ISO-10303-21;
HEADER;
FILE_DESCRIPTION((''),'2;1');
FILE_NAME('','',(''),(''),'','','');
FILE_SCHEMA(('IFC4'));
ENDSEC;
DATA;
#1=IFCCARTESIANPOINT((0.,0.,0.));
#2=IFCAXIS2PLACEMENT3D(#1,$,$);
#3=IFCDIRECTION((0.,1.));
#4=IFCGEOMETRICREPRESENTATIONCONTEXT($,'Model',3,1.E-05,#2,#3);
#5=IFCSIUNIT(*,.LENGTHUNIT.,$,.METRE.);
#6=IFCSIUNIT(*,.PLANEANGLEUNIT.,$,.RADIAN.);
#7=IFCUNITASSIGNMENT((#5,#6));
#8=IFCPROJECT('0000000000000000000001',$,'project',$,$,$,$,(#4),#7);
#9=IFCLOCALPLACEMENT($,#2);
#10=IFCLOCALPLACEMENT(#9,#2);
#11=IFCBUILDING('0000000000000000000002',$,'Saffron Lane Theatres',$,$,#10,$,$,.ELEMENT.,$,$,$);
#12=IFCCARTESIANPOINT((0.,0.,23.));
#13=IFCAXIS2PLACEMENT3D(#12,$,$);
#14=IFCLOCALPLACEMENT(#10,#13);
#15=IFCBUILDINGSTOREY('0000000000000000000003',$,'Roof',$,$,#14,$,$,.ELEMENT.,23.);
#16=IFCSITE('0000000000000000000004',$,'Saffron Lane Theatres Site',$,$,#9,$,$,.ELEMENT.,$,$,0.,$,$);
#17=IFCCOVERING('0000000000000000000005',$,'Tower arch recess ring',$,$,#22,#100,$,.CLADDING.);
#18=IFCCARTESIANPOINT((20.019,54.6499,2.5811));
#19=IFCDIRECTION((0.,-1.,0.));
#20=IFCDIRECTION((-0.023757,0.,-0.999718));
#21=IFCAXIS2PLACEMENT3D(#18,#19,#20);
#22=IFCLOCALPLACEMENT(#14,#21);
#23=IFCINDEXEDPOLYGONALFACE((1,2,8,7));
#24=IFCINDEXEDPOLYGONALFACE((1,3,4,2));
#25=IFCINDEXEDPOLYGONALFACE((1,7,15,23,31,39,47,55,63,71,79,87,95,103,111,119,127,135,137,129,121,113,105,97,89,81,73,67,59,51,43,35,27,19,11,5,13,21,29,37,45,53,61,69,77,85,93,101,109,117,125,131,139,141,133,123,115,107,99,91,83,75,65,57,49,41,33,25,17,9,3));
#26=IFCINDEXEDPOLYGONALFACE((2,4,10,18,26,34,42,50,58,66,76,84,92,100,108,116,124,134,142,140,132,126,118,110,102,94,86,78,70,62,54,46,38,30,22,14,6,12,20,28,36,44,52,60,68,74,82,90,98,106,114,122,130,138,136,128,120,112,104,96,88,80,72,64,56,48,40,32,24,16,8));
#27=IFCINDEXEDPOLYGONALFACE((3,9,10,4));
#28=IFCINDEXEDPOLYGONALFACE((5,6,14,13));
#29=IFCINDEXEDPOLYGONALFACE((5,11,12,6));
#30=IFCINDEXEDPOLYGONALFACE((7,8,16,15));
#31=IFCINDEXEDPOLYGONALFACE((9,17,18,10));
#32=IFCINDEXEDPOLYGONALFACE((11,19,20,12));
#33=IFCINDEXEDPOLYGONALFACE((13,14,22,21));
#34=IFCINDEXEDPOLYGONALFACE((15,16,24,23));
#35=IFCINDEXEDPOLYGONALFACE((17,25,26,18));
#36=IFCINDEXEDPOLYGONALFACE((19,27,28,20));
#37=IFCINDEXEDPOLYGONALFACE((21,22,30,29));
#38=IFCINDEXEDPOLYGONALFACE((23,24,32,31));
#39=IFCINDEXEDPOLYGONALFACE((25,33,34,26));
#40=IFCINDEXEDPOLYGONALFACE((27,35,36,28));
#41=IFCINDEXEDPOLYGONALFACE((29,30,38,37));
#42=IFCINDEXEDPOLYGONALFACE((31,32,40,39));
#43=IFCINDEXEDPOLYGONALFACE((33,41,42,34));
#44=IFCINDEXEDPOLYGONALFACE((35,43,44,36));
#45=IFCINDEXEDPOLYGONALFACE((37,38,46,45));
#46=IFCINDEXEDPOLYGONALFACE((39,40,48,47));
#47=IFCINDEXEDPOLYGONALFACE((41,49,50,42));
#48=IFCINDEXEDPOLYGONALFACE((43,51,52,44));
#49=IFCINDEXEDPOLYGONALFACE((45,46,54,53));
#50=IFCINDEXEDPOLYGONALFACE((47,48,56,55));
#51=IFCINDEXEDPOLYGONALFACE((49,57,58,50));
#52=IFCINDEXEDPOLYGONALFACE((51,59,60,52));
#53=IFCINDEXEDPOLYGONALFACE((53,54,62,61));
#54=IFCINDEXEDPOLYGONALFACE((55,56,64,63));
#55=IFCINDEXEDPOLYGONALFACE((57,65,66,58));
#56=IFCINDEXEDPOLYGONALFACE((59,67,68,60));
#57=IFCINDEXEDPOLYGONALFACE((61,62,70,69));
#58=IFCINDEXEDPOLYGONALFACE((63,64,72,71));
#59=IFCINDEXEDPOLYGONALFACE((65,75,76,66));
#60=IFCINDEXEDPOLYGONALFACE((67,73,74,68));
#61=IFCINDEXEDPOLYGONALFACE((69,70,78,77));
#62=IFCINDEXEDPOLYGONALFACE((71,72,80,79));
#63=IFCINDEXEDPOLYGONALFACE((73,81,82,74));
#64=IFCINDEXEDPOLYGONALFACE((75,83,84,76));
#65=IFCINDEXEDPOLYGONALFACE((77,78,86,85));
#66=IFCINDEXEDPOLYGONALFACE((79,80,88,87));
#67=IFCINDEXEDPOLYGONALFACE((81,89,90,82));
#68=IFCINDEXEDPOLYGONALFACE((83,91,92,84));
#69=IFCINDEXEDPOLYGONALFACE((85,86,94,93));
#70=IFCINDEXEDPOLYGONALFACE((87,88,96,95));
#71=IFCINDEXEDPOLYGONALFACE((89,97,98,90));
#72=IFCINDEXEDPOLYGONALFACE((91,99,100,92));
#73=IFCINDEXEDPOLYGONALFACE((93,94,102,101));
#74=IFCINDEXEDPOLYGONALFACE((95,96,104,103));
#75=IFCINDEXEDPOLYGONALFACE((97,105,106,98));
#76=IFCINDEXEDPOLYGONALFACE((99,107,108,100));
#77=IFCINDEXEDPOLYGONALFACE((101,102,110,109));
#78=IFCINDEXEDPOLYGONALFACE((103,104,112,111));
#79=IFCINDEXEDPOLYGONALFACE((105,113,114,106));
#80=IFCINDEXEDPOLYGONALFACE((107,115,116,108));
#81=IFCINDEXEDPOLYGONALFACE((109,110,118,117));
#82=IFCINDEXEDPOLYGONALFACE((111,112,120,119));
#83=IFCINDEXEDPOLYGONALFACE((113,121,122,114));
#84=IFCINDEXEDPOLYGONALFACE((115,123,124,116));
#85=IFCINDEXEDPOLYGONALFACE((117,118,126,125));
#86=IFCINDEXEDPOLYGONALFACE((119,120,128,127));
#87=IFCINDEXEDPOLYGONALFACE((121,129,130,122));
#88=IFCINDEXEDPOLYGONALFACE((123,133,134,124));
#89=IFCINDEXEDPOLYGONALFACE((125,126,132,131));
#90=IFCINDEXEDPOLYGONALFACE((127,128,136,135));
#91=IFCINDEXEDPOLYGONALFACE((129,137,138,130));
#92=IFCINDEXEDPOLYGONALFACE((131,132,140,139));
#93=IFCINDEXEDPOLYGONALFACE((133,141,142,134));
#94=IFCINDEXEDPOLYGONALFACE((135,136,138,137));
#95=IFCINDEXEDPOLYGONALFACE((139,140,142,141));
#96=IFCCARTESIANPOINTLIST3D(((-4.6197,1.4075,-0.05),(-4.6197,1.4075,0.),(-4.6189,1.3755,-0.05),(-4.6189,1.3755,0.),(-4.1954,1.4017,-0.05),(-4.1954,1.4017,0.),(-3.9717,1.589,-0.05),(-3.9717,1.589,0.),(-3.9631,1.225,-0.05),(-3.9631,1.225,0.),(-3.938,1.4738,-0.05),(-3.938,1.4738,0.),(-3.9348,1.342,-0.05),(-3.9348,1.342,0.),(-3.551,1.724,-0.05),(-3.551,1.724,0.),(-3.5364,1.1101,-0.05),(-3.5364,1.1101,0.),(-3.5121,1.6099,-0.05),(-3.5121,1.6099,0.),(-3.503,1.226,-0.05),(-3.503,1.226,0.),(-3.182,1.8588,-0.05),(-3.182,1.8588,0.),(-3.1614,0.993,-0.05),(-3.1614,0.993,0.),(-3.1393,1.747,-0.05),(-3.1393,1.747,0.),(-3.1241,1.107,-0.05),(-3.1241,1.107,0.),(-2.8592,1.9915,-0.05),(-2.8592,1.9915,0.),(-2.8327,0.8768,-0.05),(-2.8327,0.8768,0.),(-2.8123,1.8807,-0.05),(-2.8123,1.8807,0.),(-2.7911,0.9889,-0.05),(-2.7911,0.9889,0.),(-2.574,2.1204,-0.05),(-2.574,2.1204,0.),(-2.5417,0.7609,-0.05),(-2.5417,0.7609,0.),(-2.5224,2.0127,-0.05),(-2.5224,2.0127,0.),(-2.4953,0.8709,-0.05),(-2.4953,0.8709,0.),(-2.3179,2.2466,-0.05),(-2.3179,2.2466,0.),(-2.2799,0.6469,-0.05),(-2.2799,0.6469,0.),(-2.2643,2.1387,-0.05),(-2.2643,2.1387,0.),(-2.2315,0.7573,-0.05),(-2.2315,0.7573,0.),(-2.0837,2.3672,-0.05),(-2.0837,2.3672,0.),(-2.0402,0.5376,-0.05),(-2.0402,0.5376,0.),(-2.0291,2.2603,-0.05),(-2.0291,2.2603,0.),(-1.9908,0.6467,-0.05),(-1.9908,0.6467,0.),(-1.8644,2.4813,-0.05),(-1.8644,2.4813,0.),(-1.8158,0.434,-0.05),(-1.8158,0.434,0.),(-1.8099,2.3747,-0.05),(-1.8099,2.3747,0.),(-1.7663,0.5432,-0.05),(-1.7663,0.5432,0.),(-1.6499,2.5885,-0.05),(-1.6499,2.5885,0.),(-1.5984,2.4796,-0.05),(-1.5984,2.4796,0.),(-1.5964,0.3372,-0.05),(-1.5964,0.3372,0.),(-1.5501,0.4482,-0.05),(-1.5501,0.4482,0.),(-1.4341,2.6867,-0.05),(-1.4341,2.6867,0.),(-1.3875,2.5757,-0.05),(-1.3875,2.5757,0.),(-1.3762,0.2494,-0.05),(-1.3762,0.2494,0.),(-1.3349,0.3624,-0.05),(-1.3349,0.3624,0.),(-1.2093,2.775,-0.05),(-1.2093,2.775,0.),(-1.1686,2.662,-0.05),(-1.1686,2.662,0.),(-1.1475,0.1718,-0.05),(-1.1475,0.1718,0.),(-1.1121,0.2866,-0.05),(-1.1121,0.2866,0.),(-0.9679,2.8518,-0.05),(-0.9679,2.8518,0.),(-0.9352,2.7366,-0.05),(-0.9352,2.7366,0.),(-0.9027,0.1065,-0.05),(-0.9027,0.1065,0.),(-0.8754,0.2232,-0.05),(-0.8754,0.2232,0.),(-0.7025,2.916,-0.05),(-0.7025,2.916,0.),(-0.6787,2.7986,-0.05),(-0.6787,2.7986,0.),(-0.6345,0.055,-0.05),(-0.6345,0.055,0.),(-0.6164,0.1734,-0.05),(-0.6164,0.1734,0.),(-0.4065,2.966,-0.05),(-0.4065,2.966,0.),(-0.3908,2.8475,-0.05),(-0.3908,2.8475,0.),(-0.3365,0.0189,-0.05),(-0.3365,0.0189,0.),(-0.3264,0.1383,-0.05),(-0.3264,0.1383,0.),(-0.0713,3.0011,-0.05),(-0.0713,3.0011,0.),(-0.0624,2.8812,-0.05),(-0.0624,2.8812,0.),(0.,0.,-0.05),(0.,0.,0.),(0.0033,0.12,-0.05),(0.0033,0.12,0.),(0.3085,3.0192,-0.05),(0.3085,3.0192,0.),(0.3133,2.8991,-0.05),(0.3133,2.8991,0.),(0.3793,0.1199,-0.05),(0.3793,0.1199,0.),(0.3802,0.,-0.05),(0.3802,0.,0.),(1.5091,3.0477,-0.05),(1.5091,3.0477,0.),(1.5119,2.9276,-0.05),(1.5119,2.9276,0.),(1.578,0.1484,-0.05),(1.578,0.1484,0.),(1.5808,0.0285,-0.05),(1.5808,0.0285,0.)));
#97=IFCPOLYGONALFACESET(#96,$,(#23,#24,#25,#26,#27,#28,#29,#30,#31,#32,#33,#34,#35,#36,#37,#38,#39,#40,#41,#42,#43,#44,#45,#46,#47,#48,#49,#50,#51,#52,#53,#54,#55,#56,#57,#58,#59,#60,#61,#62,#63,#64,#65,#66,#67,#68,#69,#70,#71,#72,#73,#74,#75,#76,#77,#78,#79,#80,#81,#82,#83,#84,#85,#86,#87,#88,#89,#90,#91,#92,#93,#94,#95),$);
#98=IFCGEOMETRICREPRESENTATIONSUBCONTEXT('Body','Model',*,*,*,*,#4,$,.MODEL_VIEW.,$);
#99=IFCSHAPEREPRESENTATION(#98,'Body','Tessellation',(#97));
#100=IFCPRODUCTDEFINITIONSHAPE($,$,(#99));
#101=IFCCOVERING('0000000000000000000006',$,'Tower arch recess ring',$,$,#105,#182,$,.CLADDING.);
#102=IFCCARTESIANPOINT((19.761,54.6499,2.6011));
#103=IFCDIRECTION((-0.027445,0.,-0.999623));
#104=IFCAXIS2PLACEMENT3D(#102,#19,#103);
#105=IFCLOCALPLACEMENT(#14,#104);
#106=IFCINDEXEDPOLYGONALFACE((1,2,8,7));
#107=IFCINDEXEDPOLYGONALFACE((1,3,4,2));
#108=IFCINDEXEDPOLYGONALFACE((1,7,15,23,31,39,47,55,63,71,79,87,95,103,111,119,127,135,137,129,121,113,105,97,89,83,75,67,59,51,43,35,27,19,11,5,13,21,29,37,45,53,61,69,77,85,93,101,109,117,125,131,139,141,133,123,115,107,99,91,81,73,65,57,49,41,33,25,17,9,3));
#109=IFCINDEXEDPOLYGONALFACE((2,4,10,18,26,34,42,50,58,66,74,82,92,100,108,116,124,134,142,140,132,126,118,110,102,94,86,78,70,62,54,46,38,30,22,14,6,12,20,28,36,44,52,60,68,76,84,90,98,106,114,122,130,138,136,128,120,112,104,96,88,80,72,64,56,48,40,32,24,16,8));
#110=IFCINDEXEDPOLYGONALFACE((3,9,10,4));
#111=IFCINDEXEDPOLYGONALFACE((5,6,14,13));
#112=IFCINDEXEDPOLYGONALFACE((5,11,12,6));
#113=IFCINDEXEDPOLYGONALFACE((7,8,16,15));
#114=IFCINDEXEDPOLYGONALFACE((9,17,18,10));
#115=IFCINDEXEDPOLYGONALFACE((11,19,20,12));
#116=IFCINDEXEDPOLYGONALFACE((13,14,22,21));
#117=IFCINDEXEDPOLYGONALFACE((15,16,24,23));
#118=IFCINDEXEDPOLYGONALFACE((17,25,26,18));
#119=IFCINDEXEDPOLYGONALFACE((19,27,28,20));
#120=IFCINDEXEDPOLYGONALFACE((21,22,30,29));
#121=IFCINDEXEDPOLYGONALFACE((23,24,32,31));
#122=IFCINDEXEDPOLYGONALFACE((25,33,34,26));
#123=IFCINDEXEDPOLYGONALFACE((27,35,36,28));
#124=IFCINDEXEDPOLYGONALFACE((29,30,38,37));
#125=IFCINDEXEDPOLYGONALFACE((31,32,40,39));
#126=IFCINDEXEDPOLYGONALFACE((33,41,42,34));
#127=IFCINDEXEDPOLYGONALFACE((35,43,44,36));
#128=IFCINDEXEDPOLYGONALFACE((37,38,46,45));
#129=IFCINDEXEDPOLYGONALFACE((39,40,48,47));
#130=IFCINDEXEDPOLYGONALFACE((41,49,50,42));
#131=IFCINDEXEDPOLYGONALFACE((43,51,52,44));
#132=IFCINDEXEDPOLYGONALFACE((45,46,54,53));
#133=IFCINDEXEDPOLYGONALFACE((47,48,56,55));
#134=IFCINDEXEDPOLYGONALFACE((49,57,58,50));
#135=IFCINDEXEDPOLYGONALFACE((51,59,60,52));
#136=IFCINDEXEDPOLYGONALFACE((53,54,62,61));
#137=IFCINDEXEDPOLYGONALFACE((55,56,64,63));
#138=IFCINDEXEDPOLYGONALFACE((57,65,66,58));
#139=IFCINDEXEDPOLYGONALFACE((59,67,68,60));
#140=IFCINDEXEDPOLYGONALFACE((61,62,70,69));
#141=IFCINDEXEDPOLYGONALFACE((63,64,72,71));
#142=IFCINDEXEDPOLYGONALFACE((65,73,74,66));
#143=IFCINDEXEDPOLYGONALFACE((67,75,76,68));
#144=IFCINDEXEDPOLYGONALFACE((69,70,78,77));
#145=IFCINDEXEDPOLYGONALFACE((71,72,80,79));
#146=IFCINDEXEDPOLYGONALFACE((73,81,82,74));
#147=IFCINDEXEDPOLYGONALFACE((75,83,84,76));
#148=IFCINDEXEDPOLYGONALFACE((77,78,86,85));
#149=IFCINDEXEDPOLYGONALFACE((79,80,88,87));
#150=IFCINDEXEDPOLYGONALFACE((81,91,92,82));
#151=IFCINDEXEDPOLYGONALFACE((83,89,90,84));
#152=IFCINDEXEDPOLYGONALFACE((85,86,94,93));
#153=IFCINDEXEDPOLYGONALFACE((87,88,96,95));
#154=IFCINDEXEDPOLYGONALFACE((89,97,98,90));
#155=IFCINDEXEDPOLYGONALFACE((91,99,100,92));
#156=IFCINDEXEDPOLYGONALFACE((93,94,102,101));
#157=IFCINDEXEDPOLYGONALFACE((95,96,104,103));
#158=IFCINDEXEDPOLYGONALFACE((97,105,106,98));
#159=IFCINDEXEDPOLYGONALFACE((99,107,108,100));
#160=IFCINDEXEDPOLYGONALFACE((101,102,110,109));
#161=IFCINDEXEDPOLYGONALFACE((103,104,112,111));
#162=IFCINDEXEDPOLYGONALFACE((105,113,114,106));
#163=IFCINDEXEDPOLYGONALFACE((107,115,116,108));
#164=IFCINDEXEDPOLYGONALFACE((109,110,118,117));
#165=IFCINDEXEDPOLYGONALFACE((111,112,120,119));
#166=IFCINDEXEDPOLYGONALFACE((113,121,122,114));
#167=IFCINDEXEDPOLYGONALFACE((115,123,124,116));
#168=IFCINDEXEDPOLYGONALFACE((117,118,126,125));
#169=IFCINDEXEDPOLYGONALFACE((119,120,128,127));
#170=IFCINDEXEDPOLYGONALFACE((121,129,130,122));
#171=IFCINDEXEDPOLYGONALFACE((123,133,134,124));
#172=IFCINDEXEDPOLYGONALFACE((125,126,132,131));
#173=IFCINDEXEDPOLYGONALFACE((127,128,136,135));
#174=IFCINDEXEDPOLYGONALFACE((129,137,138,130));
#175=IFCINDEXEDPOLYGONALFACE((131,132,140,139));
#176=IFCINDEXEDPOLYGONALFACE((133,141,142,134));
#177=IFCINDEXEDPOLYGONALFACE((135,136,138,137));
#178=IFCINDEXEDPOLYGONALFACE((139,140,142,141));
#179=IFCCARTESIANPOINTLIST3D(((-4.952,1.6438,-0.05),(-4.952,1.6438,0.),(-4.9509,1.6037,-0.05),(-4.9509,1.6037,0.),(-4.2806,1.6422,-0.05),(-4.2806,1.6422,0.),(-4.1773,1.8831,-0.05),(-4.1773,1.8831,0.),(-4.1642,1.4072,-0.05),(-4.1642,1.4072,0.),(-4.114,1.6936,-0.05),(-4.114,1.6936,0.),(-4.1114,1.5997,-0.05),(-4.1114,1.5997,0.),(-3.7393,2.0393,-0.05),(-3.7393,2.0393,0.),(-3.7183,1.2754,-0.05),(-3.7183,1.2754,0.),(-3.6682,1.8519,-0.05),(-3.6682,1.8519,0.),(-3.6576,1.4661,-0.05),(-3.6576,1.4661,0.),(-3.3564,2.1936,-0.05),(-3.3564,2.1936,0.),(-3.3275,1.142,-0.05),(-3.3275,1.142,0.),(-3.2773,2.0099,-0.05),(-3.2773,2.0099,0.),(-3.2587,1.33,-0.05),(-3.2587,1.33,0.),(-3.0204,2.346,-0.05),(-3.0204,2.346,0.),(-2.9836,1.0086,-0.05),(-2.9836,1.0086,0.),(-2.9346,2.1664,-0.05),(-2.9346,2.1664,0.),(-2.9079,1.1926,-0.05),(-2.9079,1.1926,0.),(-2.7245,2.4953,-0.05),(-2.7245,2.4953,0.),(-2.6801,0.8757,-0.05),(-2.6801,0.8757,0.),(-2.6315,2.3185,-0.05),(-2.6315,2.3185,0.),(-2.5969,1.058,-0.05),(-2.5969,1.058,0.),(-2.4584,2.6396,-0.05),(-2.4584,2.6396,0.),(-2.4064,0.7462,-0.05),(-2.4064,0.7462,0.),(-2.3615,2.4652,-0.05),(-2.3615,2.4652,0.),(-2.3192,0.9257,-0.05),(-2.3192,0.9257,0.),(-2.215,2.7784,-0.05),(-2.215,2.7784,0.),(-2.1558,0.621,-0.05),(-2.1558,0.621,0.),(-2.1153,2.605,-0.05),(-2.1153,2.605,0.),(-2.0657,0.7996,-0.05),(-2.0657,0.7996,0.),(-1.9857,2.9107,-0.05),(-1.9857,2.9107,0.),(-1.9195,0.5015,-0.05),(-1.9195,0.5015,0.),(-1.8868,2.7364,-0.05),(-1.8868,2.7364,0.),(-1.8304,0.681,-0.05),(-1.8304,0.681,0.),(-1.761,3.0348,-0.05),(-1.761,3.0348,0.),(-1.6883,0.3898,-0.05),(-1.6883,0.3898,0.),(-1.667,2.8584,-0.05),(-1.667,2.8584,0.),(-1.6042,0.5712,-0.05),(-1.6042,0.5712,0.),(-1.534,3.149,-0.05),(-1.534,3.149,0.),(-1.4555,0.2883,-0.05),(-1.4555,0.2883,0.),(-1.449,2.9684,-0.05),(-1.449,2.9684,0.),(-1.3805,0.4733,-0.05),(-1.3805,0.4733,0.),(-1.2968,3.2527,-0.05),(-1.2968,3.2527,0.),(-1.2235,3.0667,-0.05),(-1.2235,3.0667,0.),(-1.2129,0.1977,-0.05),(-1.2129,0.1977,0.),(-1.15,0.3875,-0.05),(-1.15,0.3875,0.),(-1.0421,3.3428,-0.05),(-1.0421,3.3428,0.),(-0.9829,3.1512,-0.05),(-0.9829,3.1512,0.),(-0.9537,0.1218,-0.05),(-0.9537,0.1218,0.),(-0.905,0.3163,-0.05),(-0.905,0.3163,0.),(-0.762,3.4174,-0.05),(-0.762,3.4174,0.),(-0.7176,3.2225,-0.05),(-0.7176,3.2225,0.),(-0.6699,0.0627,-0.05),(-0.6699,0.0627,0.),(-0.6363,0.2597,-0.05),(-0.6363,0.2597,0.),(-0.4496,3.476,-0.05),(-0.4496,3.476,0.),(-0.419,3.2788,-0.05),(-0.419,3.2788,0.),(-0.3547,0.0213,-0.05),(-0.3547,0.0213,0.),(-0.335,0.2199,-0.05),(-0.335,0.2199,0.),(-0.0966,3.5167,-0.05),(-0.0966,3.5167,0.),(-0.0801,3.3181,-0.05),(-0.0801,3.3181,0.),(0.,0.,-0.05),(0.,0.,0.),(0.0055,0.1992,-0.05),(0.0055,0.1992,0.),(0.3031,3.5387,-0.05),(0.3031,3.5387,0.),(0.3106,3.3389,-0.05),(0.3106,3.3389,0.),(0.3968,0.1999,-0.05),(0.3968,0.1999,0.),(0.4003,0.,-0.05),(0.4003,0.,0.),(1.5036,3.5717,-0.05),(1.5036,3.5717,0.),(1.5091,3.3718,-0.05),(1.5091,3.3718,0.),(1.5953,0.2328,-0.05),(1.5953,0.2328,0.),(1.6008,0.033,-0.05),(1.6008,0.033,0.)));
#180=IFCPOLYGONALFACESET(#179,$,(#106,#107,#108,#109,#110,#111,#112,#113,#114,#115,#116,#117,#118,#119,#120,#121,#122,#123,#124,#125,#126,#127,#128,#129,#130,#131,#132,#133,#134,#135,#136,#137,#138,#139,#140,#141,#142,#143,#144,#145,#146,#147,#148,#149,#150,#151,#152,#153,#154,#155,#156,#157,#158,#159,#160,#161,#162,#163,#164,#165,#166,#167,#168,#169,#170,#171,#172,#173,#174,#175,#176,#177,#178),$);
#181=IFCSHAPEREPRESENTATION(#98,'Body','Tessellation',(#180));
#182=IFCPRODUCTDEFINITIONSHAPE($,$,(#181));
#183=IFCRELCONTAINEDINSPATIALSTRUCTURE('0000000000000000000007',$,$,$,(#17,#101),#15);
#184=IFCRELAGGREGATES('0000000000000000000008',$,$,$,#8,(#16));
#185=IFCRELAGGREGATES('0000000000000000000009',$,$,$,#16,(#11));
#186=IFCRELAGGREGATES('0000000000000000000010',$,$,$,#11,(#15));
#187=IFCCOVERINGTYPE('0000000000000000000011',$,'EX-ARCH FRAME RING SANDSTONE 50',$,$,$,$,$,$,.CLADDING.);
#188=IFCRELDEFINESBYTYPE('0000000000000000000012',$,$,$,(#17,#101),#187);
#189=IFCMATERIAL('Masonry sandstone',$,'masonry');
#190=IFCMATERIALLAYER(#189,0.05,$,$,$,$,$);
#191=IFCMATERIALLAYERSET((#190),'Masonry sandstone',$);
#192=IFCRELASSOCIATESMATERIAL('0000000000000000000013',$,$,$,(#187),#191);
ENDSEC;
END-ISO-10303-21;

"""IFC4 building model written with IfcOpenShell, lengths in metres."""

from ifc_helpers import new_model, si_unit, direction, frame, origin, place, context, subcontext, project, spatial, polyline, outline, extrude, material, layer, layer_set, type_object, element, save


model = new_model("IFC4")

# Units and contexts
model_context = context("Model", 3, precision=1e-05, world=origin(), true_north=direction((0.0, 1.0)))
body_context = subcontext(model_context, "Body", "Model", "MODEL_VIEW")
ifc_project = project(units=[si_unit("LENGTHUNIT", "METRE"), si_unit("PLANEANGLEUNIT", "RADIAN")], contexts=[model_context])

# Site, building, storey
site_placement = place(None, origin())
site = spatial("IfcSite", under=ifc_project, at=site_placement, Name="Saffron Lane Theatres Site", CompositionType="ELEMENT", RefElevation=0.0)
building_placement = place(site_placement, origin())
building = spatial("IfcBuilding", under=site, at=building_placement, Name="Saffron Lane Theatres", CompositionType="ELEMENT")
storey_placement = place(building_placement, frame((0.0, 0.0, 23.0)))
storey = spatial("IfcBuildingStorey", under=building, at=storey_placement, Name="Roof", CompositionType="ELEMENT", Elevation=23.0)

# Coverings
ifc_material_1 = material(Name="Masonry sandstone", Category="masonry")
ifc_layer_1 = layer(ifc_material_1, 0.05)
ifc_layer_set_1 = layer_set([ifc_layer_1], Name="Masonry sandstone")
covering_type_1 = type_object("IfcCoveringType", Name="EX-ARCH FRAME RING SANDSTONE 50", PredefinedType="CLADDING", material=ifc_layer_set_1)
covering_1_placement = place(storey_placement, frame((20.019, 54.6499, 2.5811), z_axis=(0.0, -1.0, 0.0), x_axis=(-0.023757, 0.0, -0.999718)))
element("IfcCovering", 1, at=covering_1_placement, inside=storey, type_object=covering_type_1, Name="Tower arch recess ring", PredefinedType="CLADDING", context=body_context, shape_type="SweptSolid", body=[
    extrude(outline(polyline([(0.0, 0.0), (0.3802, 0.0), (1.5808, 0.0285), (1.578, 0.1484), (0.3793, 0.1199), (0.0033, 0.12), (-0.3264, 0.1383), (-0.6164, 0.1734), (-0.8754, 0.2232), (-1.1121, 0.2866), (-1.3349, 0.3624), (-1.5501, 0.4482), (-1.7663, 0.5432), (-1.9908, 0.6467), (-2.2315, 0.7573), (-2.4953, 0.8709), (-2.7911, 0.9889), (-3.1241, 1.107), (-3.503, 1.226), (-3.9348, 1.342), (-4.1954, 1.4017), (-3.938, 1.4738), (-3.5121, 1.6099), (-3.1393, 1.747), (-2.8123, 1.8807), (-2.5224, 2.0127), (-2.2643, 2.1387), (-2.0291, 2.2603), (-1.8099, 2.3747), (-1.5984, 2.4796), (-1.3875, 2.5757), (-1.1686, 2.662), (-0.9352, 2.7366), (-0.6787, 2.7986), (-0.3908, 2.8475), (-0.0624, 2.8812), (0.3133, 2.8991), (1.5119, 2.9276), (1.5091, 3.0477), (0.3085, 3.0192), (-0.0713, 3.0011), (-0.4065, 2.966), (-0.7025, 2.916), (-0.9679, 2.8518), (-1.2093, 2.775), (-1.4341, 2.6867), (-1.6499, 2.5885), (-1.8644, 2.4813), (-2.0837, 2.3672), (-2.3179, 2.2466), (-2.574, 2.1204), (-2.8592, 1.9915), (-3.182, 1.8588), (-3.551, 1.724), (-3.9717, 1.589), (-4.6197, 1.4075), (-4.6189, 1.3755), (-3.9631, 1.225), (-3.5364, 1.1101), (-3.1614, 0.993), (-2.8327, 0.8768), (-2.5417, 0.7609), (-2.2799, 0.6469), (-2.0402, 0.5376), (-1.8158, 0.434), (-1.5964, 0.3372), (-1.3762, 0.2494), (-1.1475, 0.1718), (-0.9027, 0.1065), (-0.6345, 0.055), (-0.3365, 0.0189), (0.0, 0.0)])), origin(), (0.0, 0.0, -1.0), 0.05),
])
covering_2_placement = place(storey_placement, frame((19.761, 54.6499, 2.6011), z_axis=(0.0, -1.0, 0.0), x_axis=(-0.027445, 0.0, -0.999623)))
element("IfcCovering", 2, at=covering_2_placement, inside=storey, type_object=covering_type_1, Name="Tower arch recess ring", PredefinedType="CLADDING", context=body_context, shape_type="SweptSolid", body=[
    extrude(outline(polyline([(0.0, 0.0), (0.4003, 0.0), (1.6008, 0.033), (1.5953, 0.2328), (0.3968, 0.1999), (0.0055, 0.1992), (-0.335, 0.2199), (-0.6363, 0.2597), (-0.905, 0.3163), (-1.15, 0.3875), (-1.3805, 0.4733), (-1.6042, 0.5712), (-1.8304, 0.681), (-2.0657, 0.7996), (-2.3192, 0.9257), (-2.5969, 1.058), (-2.9079, 1.1926), (-3.2587, 1.33), (-3.6576, 1.4661), (-4.1114, 1.5997), (-4.2806, 1.6422), (-4.114, 1.6936), (-3.6682, 1.8519), (-3.2773, 2.0099), (-2.9346, 2.1664), (-2.6315, 2.3185), (-2.3615, 2.4652), (-2.1153, 2.605), (-1.8868, 2.7364), (-1.667, 2.8584), (-1.449, 2.9684), (-1.2235, 3.0667), (-0.9829, 3.1512), (-0.7176, 3.2225), (-0.419, 3.2788), (-0.0801, 3.3181), (0.3106, 3.3389), (1.5091, 3.3718), (1.5036, 3.5717), (0.3031, 3.5387), (-0.0966, 3.5167), (-0.4496, 3.476), (-0.762, 3.4174), (-1.0421, 3.3428), (-1.2968, 3.2527), (-1.534, 3.149), (-1.761, 3.0348), (-1.9857, 2.9107), (-2.215, 2.7784), (-2.4584, 2.6396), (-2.7245, 2.4953), (-3.0204, 2.346), (-3.3564, 2.1936), (-3.7393, 2.0393), (-4.1773, 1.8831), (-4.952, 1.6438), (-4.9509, 1.6037), (-4.1642, 1.4072), (-3.7183, 1.2754), (-3.3275, 1.142), (-2.9836, 1.0086), (-2.6801, 0.8757), (-2.4064, 0.7462), (-2.1558, 0.621), (-1.9195, 0.5015), (-1.6883, 0.3898), (-1.4555, 0.2883), (-1.2129, 0.1977), (-0.9537, 0.1218), (-0.6699, 0.0627), (-0.3547, 0.0213), (0.0, 0.0)])), origin(), (0.0, 0.0, -1.0), 0.05),
])

save(model, "model.ifc")
